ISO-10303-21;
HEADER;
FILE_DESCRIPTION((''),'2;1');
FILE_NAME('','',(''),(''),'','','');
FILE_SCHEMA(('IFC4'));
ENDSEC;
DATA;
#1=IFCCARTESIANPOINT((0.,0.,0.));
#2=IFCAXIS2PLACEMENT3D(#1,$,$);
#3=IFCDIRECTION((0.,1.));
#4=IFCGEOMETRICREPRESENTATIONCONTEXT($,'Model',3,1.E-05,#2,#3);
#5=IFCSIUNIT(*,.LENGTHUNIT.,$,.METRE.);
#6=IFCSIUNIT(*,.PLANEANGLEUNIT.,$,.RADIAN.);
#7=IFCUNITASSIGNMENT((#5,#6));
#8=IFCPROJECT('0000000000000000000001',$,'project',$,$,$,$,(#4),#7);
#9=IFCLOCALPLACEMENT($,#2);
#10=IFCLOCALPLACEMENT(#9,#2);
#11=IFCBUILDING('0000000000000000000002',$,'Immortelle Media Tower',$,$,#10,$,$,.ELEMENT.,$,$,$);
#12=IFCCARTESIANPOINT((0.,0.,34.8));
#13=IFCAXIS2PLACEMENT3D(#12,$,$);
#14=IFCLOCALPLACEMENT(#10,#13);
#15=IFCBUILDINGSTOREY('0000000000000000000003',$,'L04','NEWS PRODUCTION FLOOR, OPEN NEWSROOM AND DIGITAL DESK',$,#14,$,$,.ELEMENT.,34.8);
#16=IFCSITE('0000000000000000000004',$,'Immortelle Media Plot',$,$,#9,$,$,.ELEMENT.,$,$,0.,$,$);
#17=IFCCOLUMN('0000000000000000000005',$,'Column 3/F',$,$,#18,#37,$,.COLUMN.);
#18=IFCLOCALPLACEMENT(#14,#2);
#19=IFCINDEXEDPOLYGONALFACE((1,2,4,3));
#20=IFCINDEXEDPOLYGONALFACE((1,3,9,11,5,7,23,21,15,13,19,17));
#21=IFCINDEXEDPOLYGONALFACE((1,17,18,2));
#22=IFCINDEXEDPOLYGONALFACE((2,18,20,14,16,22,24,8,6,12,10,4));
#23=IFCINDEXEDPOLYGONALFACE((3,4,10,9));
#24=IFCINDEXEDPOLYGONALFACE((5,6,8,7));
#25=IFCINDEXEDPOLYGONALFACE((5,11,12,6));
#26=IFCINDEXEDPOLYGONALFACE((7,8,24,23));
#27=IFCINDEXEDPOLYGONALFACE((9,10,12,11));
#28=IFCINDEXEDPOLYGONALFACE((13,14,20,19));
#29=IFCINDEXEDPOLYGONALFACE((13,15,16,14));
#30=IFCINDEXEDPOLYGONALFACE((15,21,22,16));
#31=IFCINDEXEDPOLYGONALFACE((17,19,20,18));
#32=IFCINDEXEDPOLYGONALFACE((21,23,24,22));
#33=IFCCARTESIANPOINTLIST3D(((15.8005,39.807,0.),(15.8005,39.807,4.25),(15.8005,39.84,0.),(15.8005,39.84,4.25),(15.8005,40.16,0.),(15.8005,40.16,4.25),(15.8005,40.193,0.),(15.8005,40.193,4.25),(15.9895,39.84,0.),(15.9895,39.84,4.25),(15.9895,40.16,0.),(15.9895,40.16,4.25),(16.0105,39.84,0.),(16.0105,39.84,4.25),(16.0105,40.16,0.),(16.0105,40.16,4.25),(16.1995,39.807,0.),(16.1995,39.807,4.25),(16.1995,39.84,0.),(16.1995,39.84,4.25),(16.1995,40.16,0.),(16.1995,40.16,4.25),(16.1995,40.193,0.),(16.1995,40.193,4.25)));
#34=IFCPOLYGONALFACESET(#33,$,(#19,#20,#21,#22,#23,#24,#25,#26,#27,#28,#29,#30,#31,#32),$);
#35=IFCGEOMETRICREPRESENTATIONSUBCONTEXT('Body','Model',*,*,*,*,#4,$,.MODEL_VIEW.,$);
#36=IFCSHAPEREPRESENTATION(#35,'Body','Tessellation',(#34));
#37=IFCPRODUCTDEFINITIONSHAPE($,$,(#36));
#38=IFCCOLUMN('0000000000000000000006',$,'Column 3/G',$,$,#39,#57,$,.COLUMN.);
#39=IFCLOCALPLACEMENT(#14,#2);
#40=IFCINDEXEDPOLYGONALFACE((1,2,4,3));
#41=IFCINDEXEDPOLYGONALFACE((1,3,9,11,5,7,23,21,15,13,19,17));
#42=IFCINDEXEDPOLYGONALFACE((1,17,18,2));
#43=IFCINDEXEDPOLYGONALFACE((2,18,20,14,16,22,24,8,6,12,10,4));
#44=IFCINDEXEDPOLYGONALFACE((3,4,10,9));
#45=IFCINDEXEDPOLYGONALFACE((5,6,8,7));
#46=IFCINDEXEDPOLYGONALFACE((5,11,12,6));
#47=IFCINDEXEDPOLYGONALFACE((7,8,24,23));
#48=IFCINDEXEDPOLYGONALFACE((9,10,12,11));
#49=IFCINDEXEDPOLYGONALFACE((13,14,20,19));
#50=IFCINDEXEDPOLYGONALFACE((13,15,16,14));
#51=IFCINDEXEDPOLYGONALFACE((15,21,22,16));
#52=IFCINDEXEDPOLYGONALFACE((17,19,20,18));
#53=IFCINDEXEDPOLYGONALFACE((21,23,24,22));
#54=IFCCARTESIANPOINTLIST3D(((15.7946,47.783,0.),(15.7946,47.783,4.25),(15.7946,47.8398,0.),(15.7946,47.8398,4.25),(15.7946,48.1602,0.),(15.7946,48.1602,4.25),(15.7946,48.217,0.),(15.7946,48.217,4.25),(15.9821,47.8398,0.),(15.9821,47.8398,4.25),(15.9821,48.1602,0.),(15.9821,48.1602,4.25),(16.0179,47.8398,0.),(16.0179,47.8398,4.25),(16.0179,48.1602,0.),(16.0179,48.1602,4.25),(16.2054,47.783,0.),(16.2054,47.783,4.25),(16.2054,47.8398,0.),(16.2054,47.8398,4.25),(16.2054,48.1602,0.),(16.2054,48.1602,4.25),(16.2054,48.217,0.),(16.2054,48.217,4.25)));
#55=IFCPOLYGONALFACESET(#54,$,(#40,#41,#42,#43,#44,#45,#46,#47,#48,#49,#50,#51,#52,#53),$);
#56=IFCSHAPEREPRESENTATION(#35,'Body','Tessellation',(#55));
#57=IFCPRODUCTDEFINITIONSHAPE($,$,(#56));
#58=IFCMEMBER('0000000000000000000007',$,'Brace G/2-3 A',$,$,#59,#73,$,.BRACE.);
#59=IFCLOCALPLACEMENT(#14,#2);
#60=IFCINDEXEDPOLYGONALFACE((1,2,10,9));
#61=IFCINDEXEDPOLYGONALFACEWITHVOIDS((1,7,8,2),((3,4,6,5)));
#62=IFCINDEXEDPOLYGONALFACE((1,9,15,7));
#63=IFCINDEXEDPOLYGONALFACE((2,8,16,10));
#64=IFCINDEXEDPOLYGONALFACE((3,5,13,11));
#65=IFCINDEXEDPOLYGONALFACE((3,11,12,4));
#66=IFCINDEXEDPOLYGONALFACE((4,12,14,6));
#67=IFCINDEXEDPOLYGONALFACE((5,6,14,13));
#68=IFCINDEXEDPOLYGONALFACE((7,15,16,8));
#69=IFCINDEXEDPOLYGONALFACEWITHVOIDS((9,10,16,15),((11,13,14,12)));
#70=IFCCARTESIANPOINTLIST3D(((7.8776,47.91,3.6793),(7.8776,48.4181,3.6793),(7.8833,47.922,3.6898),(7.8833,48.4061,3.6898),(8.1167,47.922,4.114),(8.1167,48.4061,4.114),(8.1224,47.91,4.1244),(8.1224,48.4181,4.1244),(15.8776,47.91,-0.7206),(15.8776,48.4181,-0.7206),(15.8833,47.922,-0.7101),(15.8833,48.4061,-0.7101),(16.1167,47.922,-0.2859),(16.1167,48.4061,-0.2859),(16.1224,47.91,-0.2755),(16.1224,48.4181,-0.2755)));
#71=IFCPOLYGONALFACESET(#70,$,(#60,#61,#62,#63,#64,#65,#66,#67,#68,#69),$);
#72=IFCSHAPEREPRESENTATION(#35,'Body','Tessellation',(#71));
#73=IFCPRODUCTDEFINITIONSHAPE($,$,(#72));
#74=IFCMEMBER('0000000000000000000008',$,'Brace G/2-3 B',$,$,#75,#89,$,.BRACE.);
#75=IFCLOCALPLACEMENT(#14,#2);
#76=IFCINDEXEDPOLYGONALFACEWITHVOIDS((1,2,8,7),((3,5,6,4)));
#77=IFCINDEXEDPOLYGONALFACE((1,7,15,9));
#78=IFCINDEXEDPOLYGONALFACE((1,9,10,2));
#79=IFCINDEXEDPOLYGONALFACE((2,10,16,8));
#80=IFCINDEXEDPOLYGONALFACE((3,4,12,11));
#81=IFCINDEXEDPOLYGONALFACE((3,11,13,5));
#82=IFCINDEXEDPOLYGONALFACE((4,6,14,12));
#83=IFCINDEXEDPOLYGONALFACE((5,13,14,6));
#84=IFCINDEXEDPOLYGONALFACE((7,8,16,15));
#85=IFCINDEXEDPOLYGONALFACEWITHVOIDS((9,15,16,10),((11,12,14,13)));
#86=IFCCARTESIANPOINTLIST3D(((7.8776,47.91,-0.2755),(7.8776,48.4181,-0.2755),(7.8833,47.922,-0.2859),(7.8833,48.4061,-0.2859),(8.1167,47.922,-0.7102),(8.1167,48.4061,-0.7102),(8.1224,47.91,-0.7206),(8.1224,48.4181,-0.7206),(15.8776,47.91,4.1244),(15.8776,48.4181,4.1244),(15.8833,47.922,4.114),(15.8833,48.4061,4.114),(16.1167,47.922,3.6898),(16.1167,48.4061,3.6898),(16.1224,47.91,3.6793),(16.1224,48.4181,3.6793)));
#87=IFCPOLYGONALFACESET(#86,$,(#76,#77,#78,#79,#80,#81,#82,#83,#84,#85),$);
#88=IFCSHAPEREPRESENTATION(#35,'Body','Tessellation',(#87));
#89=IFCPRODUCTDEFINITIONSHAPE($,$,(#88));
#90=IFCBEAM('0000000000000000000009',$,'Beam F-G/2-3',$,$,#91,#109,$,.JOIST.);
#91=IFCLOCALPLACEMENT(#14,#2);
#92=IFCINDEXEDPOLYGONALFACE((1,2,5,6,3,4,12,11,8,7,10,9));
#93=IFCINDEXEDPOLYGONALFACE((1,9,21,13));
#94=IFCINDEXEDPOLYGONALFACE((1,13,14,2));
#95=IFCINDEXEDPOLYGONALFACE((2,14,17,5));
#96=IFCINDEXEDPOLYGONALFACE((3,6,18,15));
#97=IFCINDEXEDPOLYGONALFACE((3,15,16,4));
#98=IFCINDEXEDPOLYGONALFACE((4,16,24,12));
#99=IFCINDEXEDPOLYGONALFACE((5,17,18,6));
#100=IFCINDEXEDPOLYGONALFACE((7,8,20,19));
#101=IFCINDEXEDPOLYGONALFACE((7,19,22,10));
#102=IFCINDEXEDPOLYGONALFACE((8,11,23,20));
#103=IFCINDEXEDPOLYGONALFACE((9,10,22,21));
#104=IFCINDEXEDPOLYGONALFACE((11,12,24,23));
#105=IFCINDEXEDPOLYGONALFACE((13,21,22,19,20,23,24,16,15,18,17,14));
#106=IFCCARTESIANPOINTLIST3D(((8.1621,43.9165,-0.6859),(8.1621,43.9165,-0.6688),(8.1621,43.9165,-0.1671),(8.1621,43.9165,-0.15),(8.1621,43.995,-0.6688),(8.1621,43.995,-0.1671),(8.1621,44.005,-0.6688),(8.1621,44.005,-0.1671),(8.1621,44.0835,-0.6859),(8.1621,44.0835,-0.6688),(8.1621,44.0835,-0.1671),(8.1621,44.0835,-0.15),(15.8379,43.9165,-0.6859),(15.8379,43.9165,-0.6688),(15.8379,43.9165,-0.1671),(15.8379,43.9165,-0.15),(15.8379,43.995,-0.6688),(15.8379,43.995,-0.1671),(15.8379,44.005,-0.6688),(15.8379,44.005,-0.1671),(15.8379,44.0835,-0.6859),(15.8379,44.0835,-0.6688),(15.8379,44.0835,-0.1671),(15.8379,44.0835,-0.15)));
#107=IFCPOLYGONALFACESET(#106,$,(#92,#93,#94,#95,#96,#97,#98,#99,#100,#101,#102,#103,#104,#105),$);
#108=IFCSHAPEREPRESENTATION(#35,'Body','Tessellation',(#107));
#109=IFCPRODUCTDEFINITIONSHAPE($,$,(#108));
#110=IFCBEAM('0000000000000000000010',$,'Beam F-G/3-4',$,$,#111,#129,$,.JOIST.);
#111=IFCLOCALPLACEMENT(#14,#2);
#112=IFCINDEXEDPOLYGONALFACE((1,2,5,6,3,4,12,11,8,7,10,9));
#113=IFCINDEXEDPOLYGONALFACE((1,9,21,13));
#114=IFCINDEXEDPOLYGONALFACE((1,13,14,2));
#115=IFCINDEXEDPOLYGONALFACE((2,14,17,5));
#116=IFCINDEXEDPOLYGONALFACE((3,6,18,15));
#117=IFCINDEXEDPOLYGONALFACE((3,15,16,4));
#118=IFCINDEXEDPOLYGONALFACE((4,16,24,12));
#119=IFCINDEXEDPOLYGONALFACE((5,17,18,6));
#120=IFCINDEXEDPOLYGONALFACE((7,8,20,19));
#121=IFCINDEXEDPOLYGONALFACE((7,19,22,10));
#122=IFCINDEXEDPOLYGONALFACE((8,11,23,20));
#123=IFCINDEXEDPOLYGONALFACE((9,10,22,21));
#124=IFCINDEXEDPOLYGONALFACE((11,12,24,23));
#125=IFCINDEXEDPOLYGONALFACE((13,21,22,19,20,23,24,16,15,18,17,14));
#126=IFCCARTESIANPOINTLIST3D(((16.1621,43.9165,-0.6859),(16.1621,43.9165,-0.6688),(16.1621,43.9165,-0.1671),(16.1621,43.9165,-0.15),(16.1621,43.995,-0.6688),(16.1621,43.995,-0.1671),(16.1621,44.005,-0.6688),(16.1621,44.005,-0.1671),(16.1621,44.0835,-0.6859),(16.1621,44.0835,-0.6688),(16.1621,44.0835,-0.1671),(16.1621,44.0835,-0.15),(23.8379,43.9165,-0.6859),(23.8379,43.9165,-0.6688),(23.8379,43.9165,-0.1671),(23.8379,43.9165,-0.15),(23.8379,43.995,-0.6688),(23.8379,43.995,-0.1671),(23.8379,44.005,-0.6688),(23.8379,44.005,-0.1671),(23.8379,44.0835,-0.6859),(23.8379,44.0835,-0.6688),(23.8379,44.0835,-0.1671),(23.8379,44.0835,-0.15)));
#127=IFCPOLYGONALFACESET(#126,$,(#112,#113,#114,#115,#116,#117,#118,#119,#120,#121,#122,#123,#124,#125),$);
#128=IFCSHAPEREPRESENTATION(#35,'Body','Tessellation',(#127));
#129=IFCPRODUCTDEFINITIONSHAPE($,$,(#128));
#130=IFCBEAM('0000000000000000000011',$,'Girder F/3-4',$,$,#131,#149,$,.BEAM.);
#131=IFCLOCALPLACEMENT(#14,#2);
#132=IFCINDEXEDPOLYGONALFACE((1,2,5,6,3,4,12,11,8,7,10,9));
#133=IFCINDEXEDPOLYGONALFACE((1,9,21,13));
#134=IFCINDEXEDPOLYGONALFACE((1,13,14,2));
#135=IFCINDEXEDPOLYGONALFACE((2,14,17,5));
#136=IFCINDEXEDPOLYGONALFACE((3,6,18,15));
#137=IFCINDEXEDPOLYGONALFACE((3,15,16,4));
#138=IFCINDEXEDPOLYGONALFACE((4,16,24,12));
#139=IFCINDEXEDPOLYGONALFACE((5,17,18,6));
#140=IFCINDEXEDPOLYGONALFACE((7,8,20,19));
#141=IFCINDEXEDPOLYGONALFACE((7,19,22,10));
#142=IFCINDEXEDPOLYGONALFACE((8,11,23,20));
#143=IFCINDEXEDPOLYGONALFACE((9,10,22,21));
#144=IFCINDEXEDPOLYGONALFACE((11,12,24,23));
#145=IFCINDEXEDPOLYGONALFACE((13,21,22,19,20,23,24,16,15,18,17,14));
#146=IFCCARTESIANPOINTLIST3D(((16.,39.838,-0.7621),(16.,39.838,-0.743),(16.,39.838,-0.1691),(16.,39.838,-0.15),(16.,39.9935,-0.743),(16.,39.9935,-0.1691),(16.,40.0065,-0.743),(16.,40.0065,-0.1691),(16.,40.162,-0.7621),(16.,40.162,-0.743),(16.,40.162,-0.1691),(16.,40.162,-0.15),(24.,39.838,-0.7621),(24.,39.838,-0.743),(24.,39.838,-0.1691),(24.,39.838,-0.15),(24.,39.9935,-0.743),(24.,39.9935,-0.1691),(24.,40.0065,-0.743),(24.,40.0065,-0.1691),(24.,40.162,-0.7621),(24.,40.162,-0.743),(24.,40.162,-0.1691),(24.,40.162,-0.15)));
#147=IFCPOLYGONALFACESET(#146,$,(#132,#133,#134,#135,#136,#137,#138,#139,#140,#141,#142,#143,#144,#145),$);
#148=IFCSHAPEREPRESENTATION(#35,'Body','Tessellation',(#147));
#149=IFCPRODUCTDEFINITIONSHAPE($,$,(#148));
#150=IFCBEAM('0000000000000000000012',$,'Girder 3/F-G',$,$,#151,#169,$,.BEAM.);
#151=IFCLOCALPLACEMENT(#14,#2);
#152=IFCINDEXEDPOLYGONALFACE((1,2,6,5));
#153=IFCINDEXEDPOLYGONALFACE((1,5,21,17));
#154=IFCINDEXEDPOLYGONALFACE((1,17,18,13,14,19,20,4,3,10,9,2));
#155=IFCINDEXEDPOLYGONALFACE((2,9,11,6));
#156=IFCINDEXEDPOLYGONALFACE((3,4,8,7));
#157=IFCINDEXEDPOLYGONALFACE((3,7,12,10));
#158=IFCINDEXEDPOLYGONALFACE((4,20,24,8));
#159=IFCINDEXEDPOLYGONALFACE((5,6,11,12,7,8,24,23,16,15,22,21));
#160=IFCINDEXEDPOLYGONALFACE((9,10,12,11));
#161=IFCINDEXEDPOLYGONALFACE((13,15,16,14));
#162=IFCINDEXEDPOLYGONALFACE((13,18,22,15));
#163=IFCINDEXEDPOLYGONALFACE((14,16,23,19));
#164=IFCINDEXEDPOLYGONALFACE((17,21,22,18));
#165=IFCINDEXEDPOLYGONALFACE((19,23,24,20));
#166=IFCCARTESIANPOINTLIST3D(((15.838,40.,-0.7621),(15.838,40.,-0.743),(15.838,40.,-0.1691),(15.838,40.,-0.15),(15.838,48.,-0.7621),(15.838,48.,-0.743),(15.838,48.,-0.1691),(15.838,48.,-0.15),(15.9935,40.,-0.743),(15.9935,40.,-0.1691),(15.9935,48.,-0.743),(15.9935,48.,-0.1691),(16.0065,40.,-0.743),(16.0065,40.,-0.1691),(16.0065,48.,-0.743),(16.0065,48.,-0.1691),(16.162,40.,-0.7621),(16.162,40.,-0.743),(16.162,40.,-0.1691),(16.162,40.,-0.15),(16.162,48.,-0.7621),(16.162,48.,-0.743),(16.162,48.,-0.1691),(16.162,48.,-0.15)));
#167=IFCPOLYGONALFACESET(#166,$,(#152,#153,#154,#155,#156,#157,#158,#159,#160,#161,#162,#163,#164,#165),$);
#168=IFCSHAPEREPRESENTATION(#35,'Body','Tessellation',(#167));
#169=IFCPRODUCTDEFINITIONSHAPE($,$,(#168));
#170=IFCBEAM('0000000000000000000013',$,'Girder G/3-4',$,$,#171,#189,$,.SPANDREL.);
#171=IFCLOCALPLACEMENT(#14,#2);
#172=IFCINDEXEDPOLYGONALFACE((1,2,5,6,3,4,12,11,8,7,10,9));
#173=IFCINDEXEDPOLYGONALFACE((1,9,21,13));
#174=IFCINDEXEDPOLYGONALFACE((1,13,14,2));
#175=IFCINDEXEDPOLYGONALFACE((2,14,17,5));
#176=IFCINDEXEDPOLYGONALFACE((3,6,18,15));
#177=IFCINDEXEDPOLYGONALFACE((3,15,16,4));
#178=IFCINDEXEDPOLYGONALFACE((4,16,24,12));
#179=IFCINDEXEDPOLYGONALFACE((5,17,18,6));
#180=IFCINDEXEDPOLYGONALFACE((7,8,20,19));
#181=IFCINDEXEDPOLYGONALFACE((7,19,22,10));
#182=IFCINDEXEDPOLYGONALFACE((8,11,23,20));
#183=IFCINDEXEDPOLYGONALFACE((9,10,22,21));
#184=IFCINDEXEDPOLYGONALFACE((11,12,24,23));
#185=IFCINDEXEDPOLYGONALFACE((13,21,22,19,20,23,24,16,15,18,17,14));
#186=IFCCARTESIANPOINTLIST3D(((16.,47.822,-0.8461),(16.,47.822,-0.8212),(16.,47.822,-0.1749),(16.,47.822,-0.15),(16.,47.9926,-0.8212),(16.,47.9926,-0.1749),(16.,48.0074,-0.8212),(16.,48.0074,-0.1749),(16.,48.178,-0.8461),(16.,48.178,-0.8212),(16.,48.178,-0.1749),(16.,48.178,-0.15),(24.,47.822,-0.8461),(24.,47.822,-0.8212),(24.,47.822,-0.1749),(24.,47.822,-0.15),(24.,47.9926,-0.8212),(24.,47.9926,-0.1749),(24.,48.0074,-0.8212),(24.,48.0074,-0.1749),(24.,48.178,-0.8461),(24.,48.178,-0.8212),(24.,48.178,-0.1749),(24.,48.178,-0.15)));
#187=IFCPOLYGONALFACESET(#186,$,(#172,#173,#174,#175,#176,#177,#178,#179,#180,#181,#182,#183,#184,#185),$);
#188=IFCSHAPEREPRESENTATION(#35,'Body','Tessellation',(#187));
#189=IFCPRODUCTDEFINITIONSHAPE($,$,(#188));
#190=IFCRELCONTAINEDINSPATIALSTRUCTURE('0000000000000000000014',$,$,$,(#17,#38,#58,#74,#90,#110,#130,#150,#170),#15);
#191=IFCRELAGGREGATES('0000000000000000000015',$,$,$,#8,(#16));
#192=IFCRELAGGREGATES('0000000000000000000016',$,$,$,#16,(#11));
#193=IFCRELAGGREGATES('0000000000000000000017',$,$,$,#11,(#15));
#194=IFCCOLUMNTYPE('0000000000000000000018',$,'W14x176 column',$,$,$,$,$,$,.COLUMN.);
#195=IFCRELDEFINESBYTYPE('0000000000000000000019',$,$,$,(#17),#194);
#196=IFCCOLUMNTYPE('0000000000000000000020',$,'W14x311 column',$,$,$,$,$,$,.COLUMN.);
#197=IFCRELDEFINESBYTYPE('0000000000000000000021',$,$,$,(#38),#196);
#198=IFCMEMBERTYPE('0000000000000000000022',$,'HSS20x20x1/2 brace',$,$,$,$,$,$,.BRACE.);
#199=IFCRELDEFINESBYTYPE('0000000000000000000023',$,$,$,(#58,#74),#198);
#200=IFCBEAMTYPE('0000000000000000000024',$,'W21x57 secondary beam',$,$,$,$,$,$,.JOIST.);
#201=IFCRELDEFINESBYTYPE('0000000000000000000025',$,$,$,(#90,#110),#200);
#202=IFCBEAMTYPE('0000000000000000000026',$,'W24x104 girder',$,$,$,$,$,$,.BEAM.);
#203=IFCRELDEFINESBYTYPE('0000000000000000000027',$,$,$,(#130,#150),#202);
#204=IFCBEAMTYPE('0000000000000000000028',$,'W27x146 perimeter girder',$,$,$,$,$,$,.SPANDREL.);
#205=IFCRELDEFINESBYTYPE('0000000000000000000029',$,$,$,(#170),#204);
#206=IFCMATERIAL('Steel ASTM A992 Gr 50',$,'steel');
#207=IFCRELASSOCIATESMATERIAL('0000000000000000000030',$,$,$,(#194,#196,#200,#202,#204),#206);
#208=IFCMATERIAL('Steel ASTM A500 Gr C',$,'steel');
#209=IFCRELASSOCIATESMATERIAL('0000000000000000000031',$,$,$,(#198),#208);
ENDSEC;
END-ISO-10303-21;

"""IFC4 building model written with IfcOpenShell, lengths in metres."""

from ifc_helpers import new_model, si_unit, direction, frame, origin, origin_2d, place, context, subcontext, project, spatial, hollow_rectangle, i_section, extrude, material, material_profile, profile_set, type_object, element, save


model = new_model("IFC4")

# Units and contexts
model_context = context("Model", 3, precision=1e-05, world=origin(), true_north=direction((0.0, 1.0)))
body_context = subcontext(model_context, "Body", "Model", "MODEL_VIEW")
ifc_project = project(units=[si_unit("LENGTHUNIT", "METRE"), si_unit("PLANEANGLEUNIT", "RADIAN")], contexts=[model_context])

# Site, building, storey
site_placement = place(None, origin())
site = spatial("IfcSite", under=ifc_project, at=site_placement, Name="Immortelle Media Plot", CompositionType="ELEMENT", RefElevation=0.0)
building_placement = place(site_placement, origin())
building = spatial("IfcBuilding", under=site, at=building_placement, Name="Immortelle Media Tower", CompositionType="ELEMENT")
storey_placement = place(building_placement, frame((0.0, 0.0, 34.8)))
storey = spatial("IfcBuildingStorey", under=building, at=storey_placement, Name="L04", Description="NEWS PRODUCTION FLOOR, OPEN NEWSROOM AND DIGITAL DESK", CompositionType="ELEMENT", Elevation=34.8)

# Columns
ifc_material_1 = material(Name="Steel ASTM A992 Gr 50", Category="steel")
ifc_material_profile_1 = material_profile(ifc_material_1, i_section(OverallWidth=0.3989, OverallDepth=0.386, WebThickness=0.021, FlangeThickness=0.033, at=origin_2d()), Name="W14x176")
ifc_profile_set_1 = profile_set([ifc_material_profile_1], Name="Steel ASTM A992 Gr 50")
column_type_1 = type_object("IfcColumnType", Name="W14x176 column", PredefinedType="COLUMN", material=ifc_profile_set_1)
column_1_placement = place(storey_placement, frame((16.0, 40.0, 0.0), z_axis=(0.0, 0.0, 1.0), x_axis=(1.0, 0.0, 0.0)))
element("IfcColumn", 1, at=column_1_placement, inside=storey, type_object=column_type_1, Name="Column 3/F", PredefinedType="COLUMN", context=body_context, shape_type="SweptSolid", body=[
    extrude(i_section(OverallWidth=0.3989, OverallDepth=0.386, WebThickness=0.021, FlangeThickness=0.033, at=origin_2d()), origin(), (0.0, 0.0, 1.0), 4.25),
])
ifc_material_profile_2 = material_profile(ifc_material_1, i_section(OverallWidth=0.4109, OverallDepth=0.4341, WebThickness=0.0359, FlangeThickness=0.0569, at=origin_2d()), Name="W14x311")
ifc_profile_set_2 = profile_set([ifc_material_profile_2], Name="Steel ASTM A992 Gr 50")
column_type_2 = type_object("IfcColumnType", Name="W14x311 column", PredefinedType="COLUMN", material=ifc_profile_set_2)
column_2_placement = place(storey_placement, frame((16.0, 48.0, 0.0), z_axis=(0.0, 0.0, 1.0), x_axis=(1.0, 0.0, 0.0)))
element("IfcColumn", 2, at=column_2_placement, inside=storey, type_object=column_type_2, Name="Column 3/G", PredefinedType="COLUMN", context=body_context, shape_type="SweptSolid", body=[
    extrude(i_section(OverallWidth=0.4109, OverallDepth=0.4341, WebThickness=0.0359, FlangeThickness=0.0569, at=origin_2d()), origin(), (0.0, 0.0, 1.0), 4.25),
])

# Members
ifc_material_2 = material(Name="Steel ASTM A500 Gr C", Category="steel")
ifc_material_profile_3 = material_profile(ifc_material_2, hollow_rectangle(XDim=0.5081, YDim=0.5081, WallThickness=0.012, at=origin_2d()), Name="HSS20x20x1/2 brace")
ifc_profile_set_3 = profile_set([ifc_material_profile_3], Name="Steel ASTM A500 Gr C")
member_type = type_object("IfcMemberType", Name="HSS20x20x1/2 brace", PredefinedType="BRACE", material=ifc_profile_set_3)
for number, where, z_axis, x_axis, name in (
    (3, (16.0, 48.1641, -0.498), (-0.87622, 0.0, 0.481911), (0.0, -1.0, 0.0), "Brace G/2-3 A"),
    (4, (16.0, 48.1641, 3.9019), (-0.87622, 0.0, -0.481911), (0.0, -1.0, 0.0), "Brace G/2-3 B"),
):
    element("IfcMember", number, at=place(storey_placement, frame(where, z_axis=z_axis, x_axis=x_axis)), inside=storey, type_object=member_type, Name=name, PredefinedType="BRACE", context=body_context, shape_type="SweptSolid", body=[
        extrude(hollow_rectangle(XDim=0.5081, YDim=0.5081, WallThickness=0.012, at=origin_2d()), origin(), (0.0, 0.0, 1.0), 9.1301),
    ])

# Beams
ifc_material_profile_4 = material_profile(ifc_material_1, i_section(OverallWidth=0.167, OverallDepth=0.5359, WebThickness=0.01, FlangeThickness=0.0171, at=origin_2d()), Name="W21x57")
ifc_profile_set_4 = profile_set([ifc_material_profile_4], Name="Steel ASTM A992 Gr 50")
beam_type_1 = type_object("IfcBeamType", Name="W21x57 secondary beam", PredefinedType="JOIST", material=ifc_profile_set_4)
for number, where, z_axis, x_axis, name in (
    (5, (8.1621, 44.0, -0.418), (1.0, 0.0, 0.0), (0.0, 1.0, 0.0), "Beam F-G/2-3"),
    (6, (16.1621, 44.0, -0.418), (1.0, 0.0, 0.0), (0.0, 1.0, 0.0), "Beam F-G/3-4"),
):
    element("IfcBeam", number, at=place(storey_placement, frame(where, z_axis=z_axis, x_axis=x_axis)), inside=storey, type_object=beam_type_1, Name=name, PredefinedType="JOIST", context=body_context, shape_type="SweptSolid", body=[
        extrude(i_section(OverallWidth=0.167, OverallDepth=0.5359, WebThickness=0.01, FlangeThickness=0.0171, at=origin_2d()), origin(), (0.0, 0.0, 1.0), 7.6758),
    ])
ifc_material_profile_5 = material_profile(ifc_material_1, i_section(OverallWidth=0.324, OverallDepth=0.6121, WebThickness=0.0129, FlangeThickness=0.019, at=origin_2d()), Name="W24x104")
ifc_profile_set_5 = profile_set([ifc_material_profile_5], Name="Steel ASTM A992 Gr 50")
beam_type_2 = type_object("IfcBeamType", Name="W24x104 girder", PredefinedType="BEAM", material=ifc_profile_set_5)
for number, where, z_axis, x_axis, name in (
    (7, (16.0, 40.0, -0.4561), (1.0, 0.0, 0.0), (0.0, 1.0, 0.0), "Girder F/3-4"),
    (8, (16.0, 40.0, -0.4561), (0.0, 1.0, 0.0), (-1.0, 0.0, 0.0), "Girder 3/F-G"),
):
    element("IfcBeam", number, at=place(storey_placement, frame(where, z_axis=z_axis, x_axis=x_axis)), inside=storey, type_object=beam_type_2, Name=name, PredefinedType="BEAM", context=body_context, shape_type="SweptSolid", body=[
        extrude(i_section(OverallWidth=0.324, OverallDepth=0.6121, WebThickness=0.0129, FlangeThickness=0.019, at=origin_2d()), origin(), (0.0, 0.0, 1.0), 8.0),
    ])
ifc_material_profile_6 = material_profile(ifc_material_1, i_section(OverallWidth=0.356, OverallDepth=0.696, WebThickness=0.0149, FlangeThickness=0.0249, at=origin_2d()), Name="W27x146")
ifc_profile_set_6 = profile_set([ifc_material_profile_6], Name="Steel ASTM A992 Gr 50")
beam_type_3 = type_object("IfcBeamType", Name="W27x146 perimeter girder", PredefinedType="SPANDREL", material=ifc_profile_set_6)
beam_placement = place(storey_placement, frame((16.0, 48.0, -0.498), z_axis=(1.0, 0.0, 0.0), x_axis=(0.0, 1.0, 0.0)))
element("IfcBeam", 9, at=beam_placement, inside=storey, type_object=beam_type_3, Name="Girder G/3-4", PredefinedType="SPANDREL", context=body_context, shape_type="SweptSolid", body=[
    extrude(i_section(OverallWidth=0.356, OverallDepth=0.696, WebThickness=0.0149, FlangeThickness=0.0249, at=origin_2d()), origin(), (0.0, 0.0, 1.0), 8.0),
])

save(model, "model.ifc")
